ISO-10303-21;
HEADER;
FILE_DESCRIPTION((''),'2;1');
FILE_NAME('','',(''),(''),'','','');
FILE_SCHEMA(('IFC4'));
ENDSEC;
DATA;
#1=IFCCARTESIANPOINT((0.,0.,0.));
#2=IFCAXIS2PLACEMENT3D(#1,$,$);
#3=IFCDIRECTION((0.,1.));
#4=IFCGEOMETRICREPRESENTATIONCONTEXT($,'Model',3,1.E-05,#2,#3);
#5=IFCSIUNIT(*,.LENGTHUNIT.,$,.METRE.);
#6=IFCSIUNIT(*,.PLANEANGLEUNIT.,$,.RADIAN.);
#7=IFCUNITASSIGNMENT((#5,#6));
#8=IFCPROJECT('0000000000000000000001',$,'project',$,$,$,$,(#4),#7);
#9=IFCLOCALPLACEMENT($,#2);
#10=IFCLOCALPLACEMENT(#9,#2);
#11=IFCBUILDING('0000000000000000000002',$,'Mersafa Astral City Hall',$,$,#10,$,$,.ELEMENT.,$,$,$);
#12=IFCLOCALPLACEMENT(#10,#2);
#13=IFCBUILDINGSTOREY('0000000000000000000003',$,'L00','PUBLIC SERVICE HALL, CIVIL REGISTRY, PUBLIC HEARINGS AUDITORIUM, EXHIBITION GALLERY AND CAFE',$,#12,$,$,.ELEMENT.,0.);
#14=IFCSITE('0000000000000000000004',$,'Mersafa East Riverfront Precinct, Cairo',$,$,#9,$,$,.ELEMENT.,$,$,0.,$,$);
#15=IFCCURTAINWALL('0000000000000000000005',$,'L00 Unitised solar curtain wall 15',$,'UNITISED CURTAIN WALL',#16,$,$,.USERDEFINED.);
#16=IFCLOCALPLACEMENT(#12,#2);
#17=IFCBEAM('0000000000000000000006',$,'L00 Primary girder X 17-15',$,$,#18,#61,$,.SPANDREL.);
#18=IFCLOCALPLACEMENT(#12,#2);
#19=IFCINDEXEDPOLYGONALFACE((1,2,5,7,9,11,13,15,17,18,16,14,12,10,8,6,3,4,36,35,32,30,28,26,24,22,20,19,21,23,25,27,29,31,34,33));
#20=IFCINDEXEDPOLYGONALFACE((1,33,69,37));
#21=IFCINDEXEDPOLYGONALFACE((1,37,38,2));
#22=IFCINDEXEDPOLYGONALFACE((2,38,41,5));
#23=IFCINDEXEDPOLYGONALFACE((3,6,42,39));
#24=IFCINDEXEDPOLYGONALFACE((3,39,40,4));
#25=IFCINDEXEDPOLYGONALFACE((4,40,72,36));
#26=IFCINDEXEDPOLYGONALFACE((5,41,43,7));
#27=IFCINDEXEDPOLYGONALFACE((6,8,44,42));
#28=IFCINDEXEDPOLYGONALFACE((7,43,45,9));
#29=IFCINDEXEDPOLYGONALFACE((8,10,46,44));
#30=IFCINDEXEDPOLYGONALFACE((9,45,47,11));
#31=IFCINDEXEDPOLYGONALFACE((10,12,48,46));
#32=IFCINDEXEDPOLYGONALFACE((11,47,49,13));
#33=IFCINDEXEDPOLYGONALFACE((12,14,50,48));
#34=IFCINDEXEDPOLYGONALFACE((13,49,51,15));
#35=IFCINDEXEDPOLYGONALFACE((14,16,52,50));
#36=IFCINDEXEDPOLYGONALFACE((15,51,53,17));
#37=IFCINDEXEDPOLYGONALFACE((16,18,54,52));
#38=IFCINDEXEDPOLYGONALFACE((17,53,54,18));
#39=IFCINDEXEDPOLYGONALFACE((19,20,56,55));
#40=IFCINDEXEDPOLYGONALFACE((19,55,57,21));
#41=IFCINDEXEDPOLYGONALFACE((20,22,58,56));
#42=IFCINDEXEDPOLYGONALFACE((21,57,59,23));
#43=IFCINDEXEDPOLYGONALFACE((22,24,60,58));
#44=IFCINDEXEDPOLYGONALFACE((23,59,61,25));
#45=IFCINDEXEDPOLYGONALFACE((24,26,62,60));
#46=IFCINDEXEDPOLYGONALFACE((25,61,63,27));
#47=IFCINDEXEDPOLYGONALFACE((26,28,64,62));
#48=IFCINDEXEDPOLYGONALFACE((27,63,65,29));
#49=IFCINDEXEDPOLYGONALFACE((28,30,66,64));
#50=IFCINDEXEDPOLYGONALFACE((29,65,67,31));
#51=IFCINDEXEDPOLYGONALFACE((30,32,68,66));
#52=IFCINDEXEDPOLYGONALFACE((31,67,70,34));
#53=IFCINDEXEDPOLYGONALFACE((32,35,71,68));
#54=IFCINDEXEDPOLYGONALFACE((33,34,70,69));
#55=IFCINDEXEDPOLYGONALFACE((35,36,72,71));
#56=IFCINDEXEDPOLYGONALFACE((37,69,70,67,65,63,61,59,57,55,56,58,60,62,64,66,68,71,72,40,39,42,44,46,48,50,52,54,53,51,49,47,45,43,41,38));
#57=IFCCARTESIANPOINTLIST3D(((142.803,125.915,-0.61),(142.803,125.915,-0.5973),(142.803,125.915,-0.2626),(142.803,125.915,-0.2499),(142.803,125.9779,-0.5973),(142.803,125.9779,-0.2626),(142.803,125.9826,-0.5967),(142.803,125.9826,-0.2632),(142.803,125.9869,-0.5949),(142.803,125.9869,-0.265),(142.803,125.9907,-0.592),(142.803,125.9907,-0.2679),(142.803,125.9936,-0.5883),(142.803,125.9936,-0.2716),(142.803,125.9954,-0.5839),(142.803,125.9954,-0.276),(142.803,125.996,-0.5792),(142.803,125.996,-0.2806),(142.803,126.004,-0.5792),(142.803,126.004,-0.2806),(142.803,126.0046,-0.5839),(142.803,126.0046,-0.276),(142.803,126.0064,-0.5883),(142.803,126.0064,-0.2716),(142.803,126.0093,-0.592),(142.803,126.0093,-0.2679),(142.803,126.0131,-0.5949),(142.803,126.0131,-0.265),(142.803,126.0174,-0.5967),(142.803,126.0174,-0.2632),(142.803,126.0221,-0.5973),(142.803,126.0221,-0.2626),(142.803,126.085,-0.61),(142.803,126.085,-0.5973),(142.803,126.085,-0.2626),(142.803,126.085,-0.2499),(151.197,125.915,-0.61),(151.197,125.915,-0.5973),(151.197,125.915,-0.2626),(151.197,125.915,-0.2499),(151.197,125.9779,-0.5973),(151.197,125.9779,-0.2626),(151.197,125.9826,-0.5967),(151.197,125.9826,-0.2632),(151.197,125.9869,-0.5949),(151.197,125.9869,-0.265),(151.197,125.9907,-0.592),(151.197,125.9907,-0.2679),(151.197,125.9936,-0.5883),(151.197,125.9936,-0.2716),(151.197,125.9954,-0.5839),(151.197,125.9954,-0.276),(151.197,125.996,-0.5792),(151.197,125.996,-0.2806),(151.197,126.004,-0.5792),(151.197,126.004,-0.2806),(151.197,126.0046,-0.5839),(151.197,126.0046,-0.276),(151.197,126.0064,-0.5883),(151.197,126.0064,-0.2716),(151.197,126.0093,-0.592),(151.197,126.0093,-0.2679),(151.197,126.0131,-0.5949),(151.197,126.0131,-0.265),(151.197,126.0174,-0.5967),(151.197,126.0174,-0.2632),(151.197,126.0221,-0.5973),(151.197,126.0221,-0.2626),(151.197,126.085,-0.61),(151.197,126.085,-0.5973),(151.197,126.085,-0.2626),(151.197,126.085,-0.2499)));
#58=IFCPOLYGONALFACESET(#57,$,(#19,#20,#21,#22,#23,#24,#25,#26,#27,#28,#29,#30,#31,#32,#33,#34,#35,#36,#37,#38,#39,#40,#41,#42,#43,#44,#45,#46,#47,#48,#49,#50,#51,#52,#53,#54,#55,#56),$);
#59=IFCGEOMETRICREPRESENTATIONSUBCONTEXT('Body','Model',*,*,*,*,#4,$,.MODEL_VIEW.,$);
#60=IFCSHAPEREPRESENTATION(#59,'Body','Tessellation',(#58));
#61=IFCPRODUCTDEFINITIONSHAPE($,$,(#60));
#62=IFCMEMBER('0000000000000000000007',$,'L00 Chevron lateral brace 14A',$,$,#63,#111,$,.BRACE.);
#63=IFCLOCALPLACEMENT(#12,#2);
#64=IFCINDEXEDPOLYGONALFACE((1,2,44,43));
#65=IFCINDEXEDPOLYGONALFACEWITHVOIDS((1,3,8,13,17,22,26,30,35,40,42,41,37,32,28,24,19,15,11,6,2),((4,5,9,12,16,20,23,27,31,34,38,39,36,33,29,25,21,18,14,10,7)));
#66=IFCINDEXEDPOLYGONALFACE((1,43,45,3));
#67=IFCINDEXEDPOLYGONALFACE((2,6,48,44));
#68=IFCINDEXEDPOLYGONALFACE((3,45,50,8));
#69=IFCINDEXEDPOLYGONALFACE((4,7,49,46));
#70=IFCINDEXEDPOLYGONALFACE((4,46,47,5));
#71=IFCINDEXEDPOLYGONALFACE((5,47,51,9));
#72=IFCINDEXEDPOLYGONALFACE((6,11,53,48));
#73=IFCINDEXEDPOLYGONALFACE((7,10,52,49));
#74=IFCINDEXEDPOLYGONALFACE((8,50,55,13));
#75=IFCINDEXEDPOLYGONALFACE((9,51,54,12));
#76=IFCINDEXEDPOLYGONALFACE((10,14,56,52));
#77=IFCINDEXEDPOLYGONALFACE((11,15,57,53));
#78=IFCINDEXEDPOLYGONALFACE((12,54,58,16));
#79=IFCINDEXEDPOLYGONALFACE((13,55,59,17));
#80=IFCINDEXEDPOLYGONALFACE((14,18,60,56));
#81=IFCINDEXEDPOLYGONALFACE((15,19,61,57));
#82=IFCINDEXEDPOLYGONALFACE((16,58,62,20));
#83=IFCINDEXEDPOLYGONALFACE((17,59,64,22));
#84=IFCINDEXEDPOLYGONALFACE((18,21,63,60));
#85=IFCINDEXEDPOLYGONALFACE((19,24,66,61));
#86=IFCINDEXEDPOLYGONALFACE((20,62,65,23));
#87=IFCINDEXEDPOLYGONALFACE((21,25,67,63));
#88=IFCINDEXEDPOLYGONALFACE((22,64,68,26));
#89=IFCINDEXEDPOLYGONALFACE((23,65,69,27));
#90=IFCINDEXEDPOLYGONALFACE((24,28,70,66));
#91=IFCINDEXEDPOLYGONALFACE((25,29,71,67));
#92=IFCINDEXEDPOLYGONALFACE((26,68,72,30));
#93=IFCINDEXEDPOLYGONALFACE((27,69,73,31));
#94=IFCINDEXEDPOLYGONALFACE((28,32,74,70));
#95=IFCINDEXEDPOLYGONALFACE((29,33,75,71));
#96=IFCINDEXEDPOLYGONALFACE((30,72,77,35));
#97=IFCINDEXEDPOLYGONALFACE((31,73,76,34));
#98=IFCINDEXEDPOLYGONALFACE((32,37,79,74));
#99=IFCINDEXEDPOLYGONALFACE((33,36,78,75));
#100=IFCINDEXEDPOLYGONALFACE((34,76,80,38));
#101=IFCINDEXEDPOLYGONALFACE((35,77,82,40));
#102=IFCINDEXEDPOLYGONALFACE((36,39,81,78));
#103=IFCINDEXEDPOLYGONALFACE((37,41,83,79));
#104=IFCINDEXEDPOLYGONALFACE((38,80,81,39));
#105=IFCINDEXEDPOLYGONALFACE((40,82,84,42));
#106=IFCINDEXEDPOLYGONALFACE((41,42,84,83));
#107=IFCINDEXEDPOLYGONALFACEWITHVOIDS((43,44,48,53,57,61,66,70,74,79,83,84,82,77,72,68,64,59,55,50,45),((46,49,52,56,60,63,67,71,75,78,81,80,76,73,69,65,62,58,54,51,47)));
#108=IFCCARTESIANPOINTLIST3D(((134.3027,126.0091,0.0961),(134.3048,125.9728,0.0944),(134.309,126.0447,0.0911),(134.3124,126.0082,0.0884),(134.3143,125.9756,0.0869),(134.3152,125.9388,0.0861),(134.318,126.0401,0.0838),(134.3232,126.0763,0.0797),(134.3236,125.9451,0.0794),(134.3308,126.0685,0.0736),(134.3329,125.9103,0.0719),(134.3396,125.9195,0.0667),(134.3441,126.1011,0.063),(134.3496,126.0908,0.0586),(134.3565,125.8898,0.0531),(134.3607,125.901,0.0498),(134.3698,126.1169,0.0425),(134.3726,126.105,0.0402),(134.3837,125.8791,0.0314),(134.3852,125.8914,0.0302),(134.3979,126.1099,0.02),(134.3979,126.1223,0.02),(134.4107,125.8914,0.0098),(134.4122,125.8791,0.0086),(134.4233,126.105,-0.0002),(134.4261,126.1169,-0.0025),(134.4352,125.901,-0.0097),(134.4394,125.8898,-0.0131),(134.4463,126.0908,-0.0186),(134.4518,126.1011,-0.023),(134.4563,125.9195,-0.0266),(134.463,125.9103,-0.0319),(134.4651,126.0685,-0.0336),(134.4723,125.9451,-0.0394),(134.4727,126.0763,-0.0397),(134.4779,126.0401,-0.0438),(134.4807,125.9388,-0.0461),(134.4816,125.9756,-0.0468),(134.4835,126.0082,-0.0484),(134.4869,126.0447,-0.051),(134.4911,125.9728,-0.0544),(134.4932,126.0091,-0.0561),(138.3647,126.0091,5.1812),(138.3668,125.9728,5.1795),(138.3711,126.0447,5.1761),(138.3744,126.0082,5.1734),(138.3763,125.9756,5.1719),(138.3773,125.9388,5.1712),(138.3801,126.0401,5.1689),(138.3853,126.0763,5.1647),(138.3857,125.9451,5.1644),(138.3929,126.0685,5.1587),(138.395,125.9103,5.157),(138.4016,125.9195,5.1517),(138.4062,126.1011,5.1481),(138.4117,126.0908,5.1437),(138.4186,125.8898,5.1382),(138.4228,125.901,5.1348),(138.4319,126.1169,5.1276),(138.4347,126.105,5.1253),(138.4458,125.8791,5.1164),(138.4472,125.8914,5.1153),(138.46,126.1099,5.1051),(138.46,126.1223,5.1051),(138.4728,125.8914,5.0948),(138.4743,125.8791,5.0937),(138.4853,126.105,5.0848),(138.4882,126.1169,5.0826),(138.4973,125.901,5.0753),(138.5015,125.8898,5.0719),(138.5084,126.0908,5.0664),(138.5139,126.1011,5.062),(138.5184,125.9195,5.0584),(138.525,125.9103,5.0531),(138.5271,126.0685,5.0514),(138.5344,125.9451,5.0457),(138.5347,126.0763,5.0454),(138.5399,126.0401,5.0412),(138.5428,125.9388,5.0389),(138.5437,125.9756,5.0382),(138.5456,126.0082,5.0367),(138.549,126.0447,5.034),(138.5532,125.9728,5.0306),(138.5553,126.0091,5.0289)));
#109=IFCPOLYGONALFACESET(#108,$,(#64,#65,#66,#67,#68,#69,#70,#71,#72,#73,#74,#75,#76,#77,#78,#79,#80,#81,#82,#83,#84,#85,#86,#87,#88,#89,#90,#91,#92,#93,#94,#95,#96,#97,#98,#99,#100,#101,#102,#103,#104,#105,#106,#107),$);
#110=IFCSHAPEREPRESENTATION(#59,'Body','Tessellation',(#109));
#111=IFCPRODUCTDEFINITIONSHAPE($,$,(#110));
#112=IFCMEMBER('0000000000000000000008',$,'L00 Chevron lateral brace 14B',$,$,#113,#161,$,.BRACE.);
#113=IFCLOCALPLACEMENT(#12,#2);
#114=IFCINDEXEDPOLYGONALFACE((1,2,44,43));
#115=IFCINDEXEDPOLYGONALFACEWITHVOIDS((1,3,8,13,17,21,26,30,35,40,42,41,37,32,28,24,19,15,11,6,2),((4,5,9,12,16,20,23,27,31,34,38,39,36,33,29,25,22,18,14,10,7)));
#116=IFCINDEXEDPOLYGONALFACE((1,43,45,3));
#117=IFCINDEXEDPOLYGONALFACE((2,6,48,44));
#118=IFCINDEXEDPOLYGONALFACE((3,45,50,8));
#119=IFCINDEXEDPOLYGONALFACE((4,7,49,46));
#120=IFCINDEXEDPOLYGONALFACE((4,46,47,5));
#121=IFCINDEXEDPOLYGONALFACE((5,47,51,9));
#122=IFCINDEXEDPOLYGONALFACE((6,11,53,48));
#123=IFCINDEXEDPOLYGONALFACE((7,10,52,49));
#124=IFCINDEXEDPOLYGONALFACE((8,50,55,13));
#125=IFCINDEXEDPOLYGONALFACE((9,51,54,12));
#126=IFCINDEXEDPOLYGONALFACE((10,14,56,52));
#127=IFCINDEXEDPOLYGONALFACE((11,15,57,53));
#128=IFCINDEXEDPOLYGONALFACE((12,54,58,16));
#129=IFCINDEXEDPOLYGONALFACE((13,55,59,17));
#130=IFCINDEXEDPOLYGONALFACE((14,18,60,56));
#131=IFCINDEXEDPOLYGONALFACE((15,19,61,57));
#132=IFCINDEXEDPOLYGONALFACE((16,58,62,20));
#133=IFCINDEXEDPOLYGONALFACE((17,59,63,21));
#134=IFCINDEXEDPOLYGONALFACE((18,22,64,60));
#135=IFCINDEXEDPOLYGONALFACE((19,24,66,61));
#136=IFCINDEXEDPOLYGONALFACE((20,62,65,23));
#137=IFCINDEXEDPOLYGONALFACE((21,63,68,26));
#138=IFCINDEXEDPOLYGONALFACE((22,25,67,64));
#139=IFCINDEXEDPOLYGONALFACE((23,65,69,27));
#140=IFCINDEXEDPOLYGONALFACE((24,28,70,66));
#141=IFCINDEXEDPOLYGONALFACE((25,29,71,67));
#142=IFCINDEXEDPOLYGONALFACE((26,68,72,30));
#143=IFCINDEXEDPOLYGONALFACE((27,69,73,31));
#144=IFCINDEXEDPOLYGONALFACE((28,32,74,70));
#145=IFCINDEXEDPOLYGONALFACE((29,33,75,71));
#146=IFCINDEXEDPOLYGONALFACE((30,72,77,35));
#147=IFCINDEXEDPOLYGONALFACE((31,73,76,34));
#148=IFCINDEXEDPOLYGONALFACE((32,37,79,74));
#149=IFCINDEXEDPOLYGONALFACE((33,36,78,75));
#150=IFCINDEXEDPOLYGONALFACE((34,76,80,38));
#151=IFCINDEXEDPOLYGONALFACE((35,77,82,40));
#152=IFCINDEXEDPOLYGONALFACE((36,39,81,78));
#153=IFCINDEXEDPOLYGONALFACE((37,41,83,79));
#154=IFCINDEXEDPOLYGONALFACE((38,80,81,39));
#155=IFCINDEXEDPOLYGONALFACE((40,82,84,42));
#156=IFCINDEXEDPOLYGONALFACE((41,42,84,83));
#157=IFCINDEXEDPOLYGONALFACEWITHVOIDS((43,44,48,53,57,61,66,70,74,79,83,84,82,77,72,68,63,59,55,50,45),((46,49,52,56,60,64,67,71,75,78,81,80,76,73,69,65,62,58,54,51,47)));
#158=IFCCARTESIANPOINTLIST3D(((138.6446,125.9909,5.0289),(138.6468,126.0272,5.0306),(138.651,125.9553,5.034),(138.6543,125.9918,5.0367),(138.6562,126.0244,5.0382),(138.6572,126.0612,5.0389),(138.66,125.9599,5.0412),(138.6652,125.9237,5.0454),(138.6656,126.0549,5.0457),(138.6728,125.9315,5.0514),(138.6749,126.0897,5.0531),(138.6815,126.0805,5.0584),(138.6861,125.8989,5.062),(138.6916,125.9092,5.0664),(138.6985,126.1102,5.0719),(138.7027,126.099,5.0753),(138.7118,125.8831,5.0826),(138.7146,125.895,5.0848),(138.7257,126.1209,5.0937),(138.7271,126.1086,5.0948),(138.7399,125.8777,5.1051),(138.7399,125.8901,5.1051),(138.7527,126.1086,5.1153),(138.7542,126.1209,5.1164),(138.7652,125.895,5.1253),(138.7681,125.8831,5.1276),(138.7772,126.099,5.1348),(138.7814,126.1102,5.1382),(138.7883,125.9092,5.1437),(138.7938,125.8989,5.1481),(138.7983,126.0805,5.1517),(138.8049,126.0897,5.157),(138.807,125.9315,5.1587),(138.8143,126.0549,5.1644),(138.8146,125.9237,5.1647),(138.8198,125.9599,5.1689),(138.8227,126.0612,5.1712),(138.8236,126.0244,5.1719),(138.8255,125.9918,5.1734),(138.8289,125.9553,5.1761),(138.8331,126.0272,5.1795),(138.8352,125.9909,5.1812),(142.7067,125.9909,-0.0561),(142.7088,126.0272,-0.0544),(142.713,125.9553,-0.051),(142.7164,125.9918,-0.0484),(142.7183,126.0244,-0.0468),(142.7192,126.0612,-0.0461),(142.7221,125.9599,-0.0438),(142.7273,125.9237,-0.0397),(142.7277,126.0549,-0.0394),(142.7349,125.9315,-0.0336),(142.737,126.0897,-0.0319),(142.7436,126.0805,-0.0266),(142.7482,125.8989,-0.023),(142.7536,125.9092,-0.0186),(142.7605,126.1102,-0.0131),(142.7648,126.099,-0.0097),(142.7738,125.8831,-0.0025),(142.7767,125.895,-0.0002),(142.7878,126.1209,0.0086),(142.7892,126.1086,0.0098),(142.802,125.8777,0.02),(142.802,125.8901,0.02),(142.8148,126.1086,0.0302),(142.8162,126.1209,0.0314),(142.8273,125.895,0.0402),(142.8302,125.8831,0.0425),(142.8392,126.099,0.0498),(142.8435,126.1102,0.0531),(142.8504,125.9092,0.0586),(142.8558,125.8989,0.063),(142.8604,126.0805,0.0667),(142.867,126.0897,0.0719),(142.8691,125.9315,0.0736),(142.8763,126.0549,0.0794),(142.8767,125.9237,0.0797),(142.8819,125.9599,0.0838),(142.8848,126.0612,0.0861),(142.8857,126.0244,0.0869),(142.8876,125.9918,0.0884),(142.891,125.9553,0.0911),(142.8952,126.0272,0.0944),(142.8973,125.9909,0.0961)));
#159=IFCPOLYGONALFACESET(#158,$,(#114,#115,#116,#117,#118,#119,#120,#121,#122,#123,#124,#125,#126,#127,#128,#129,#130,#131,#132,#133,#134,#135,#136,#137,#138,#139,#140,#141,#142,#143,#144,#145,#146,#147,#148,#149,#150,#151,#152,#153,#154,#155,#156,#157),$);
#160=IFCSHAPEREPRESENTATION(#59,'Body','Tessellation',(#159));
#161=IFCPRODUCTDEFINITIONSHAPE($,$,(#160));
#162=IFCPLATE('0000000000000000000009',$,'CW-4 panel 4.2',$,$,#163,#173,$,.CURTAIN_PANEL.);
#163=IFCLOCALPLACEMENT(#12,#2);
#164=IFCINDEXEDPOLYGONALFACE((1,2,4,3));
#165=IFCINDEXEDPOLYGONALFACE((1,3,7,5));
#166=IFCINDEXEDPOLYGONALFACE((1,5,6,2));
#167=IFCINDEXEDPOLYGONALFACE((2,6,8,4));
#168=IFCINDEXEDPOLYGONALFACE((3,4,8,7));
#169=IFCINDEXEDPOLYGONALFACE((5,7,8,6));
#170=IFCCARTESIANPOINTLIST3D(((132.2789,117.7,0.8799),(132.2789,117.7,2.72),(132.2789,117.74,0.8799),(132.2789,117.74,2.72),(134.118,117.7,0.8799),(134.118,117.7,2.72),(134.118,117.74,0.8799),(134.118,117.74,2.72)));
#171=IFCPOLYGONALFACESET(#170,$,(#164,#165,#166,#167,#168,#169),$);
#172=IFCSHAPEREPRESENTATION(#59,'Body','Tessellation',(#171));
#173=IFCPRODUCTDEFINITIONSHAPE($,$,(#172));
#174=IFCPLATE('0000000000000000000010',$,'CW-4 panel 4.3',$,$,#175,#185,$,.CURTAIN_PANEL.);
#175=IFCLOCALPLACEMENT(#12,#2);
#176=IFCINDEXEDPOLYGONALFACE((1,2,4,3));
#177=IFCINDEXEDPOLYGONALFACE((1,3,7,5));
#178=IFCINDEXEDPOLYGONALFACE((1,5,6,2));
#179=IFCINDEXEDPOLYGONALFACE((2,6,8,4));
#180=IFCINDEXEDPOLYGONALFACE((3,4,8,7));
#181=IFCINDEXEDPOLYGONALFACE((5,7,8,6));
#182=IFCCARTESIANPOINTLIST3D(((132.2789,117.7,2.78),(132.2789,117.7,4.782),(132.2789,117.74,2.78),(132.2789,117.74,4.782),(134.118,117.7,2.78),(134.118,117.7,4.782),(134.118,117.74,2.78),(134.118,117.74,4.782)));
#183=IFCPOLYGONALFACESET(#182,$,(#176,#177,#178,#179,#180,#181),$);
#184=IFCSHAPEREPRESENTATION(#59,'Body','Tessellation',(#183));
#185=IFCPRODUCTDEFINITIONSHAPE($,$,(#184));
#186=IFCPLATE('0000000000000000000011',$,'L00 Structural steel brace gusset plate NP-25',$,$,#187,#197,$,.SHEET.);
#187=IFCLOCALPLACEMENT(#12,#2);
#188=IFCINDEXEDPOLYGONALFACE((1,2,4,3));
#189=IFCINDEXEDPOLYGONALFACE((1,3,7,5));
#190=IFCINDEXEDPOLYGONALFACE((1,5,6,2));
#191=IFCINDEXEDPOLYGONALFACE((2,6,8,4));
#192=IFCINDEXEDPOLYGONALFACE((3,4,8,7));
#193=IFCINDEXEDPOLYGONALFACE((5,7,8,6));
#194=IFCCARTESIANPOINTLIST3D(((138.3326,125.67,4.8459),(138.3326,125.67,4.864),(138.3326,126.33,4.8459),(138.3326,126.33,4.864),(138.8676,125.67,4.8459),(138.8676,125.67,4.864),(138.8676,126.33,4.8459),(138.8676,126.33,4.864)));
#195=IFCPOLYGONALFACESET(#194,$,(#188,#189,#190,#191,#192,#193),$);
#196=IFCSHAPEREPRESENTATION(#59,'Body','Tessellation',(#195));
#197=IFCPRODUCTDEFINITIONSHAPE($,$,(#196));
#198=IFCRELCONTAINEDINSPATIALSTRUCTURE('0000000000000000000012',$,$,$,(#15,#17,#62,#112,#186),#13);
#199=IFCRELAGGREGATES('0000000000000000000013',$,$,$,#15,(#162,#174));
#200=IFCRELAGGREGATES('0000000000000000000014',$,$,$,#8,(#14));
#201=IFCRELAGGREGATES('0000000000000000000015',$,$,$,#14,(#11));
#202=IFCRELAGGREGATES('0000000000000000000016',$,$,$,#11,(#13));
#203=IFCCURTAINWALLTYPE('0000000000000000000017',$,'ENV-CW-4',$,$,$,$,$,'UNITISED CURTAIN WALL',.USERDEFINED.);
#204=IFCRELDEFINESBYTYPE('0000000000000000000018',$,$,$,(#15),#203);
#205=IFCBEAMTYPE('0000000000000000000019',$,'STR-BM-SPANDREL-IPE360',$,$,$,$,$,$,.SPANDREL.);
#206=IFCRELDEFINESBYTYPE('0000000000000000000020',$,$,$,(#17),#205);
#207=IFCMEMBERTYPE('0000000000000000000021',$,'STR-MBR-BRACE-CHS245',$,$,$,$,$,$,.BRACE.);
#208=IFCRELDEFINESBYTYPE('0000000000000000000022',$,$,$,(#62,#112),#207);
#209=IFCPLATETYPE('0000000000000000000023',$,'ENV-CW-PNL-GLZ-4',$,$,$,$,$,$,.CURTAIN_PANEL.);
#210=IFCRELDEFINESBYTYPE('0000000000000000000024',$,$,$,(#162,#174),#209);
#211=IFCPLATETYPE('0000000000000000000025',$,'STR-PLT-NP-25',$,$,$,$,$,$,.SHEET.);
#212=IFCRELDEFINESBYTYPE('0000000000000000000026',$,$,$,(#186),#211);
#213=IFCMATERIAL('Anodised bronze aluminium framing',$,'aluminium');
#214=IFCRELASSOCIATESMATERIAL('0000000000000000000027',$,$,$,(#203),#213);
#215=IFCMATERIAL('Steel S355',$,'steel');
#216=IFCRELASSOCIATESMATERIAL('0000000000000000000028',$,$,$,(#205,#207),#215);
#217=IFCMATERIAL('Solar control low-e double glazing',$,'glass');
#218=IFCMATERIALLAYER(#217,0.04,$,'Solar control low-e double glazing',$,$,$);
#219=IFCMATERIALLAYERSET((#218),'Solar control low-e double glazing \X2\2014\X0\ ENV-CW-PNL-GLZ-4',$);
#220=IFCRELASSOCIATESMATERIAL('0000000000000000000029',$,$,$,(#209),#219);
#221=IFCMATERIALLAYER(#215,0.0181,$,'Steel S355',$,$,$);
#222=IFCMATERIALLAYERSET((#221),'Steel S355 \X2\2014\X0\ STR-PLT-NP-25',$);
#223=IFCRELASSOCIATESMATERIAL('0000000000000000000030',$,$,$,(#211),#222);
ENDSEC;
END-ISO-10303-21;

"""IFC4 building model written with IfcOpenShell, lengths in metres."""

from ifc_helpers import new_model, si_unit, direction, frame, origin, origin_2d, place, context, subcontext, project, spatial, rectangle, hollow_circle, i_section, extrude, material, layer, layer_set, material_profile, profile_set, type_object, element, aggregate, save


model = new_model("IFC4")

# Units and contexts
model_context = context("Model", 3, precision=1e-05, world=origin(), true_north=direction((0.0, 1.0)))
body_context = subcontext(model_context, "Body", "Model", "MODEL_VIEW")
ifc_project = project(units=[si_unit("LENGTHUNIT", "METRE"), si_unit("PLANEANGLEUNIT", "RADIAN")], contexts=[model_context])

# Site, building, storey
site_placement = place(None, origin())
site = spatial("IfcSite", under=ifc_project, at=site_placement, Name="Mersafa East Riverfront Precinct, Cairo", CompositionType="ELEMENT", RefElevation=0.0)
building_placement = place(site_placement, origin())
building = spatial("IfcBuilding", under=site, at=building_placement, Name="Mersafa Astral City Hall", CompositionType="ELEMENT")
storey_placement = place(building_placement, origin())
storey = spatial("IfcBuildingStorey", under=building, at=storey_placement, Name="L00", Description="PUBLIC SERVICE HALL, CIVIL REGISTRY, PUBLIC HEARINGS AUDITORIUM, EXHIBITION GALLERY AND CAFE", CompositionType="ELEMENT", Elevation=0.0)

# Shared definitions
ifc_material_1 = material(Name="Steel S355", Category="steel")

# Curtain wall
ifc_material_2 = material(Name="Anodised bronze aluminium framing", Category="aluminium")
curtain_wall_type = type_object("IfcCurtainWallType", Name="ENV-CW-4", ElementType="UNITISED CURTAIN WALL", PredefinedType="USERDEFINED", material=ifc_material_2)
curtain_wall_placement = place(storey_placement, origin())
curtain_wall = element("IfcCurtainWall", 1, at=curtain_wall_placement, inside=storey, type_object=curtain_wall_type, Name="L00 Unitised solar curtain wall 15", ObjectType="UNITISED CURTAIN WALL", PredefinedType="USERDEFINED")

# Beam
ifc_material_profile_1 = material_profile(ifc_material_1, i_section(OverallWidth=0.1699, OverallDepth=0.3601, WebThickness=0.0081, FlangeThickness=0.0127, FilletRadius=0.0181, at=origin_2d()), Name="IPE 360")
ifc_profile_set_1 = profile_set([ifc_material_profile_1], Name="Steel S355")
beam_type_1 = type_object("IfcBeamType", Name="STR-BM-SPANDREL-IPE360", PredefinedType="SPANDREL", material=ifc_profile_set_1)
for number, where, z_axis, x_axis, name in (
    (2, (142.803, 126.0, -0.4299), (1.0, 0.0, 0.0), (0.0, 1.0, 0.0), "L00 Primary girder X 17-15"),
):
    element("IfcBeam", number, at=place(storey_placement, frame(where, z_axis=z_axis, x_axis=x_axis)), inside=storey, type_object=beam_type_1, Name=name, PredefinedType="SPANDREL", context=body_context, shape_type="SweptSolid", body=[
        extrude(i_section(OverallWidth=0.1699, OverallDepth=0.3601, WebThickness=0.0081, FlangeThickness=0.0127, FilletRadius=0.0181, at=origin_2d()), origin(), (0.0, 0.0, 1.0), 8.394),
    ])

# Members
ifc_material_profile_2 = material_profile(ifc_material_1, hollow_circle(Radius=0.1223, WallThickness=0.0125, at=origin_2d()), Name="CHS 244.5x12.5")
ifc_profile_set_2 = profile_set([ifc_material_profile_2], Name="Steel S355")
member_type_1 = type_object("IfcMemberType", Name="STR-MBR-BRACE-CHS245", PredefinedType="BRACE", material=ifc_profile_set_2)
for number, where, z_axis, x_axis, name in (
    (3, (134.3979, 126.0, 0.02), (0.624137, 0.0, 0.781315), (0.0, 1.0, 0.0), "L00 Chevron lateral brace 14A"),
    (4, (142.802, 126.0, 0.02), (-0.624137, 0.0, 0.781315), (0.0, -1.0, 0.0), "L00 Chevron lateral brace 14B"),
):
    element("IfcMember", number, at=place(storey_placement, frame(where, z_axis=z_axis, x_axis=x_axis)), inside=storey, type_object=member_type_1, Name=name, PredefinedType="BRACE", context=body_context, shape_type="SweptSolid", body=[
        extrude(hollow_circle(Radius=0.1223, WallThickness=0.0125, at=origin_2d()), origin(), (0.0, 0.0, 1.0), 6.5083),
    ])

# Plates
ifc_material_3 = material(Name="Solar control low-e double glazing", Category="glass")
ifc_layer_1 = layer(ifc_material_3, 0.04, Name="Solar control low-e double glazing")
ifc_layer_set_1 = layer_set([ifc_layer_1], Name="Solar control low-e double glazing — ENV-CW-PNL-GLZ-4")
plate_type_1 = type_object("IfcPlateType", Name="ENV-CW-PNL-GLZ-4", PredefinedType="CURTAIN_PANEL", material=ifc_layer_set_1)
plate_1_placement = place(storey_placement, frame((133.1985, 117.72, 0.8799), z_axis=(0.0, 0.0, 1.0), x_axis=(1.0, 0.0, 0.0)))
plate_1 = element("IfcPlate", 5, at=plate_1_placement, type_object=plate_type_1, Name="CW-4 panel 4.2", PredefinedType="CURTAIN_PANEL", context=body_context, shape_type="SweptSolid", body=[
    extrude(rectangle(XDim=1.8391, YDim=0.04, at=origin_2d()), origin(), (0.0, 0.0, 1.0), 1.8401),
])
plate_2_placement = place(storey_placement, frame((133.1985, 117.72, 2.78), z_axis=(0.0, 0.0, 1.0), x_axis=(1.0, 0.0, 0.0)))
plate_2 = element("IfcPlate", 6, at=plate_2_placement, type_object=plate_type_1, Name="CW-4 panel 4.3", PredefinedType="CURTAIN_PANEL", context=body_context, shape_type="SweptSolid", body=[
    extrude(rectangle(XDim=1.8391, YDim=0.04, at=origin_2d()), origin(), (0.0, 0.0, 1.0), 2.002),
])
aggregate(curtain_wall, [plate_1, plate_2])

# Plate
ifc_layer_2 = layer(ifc_material_1, 0.0181, Name="Steel S355")
ifc_layer_set_2 = layer_set([ifc_layer_2], Name="Steel S355 — STR-PLT-NP-25")
plate_type_2 = type_object("IfcPlateType", Name="STR-PLT-NP-25", PredefinedType="SHEET", material=ifc_layer_set_2)
plate_3_placement = place(storey_placement, frame((138.6001, 126.0, 4.8459), z_axis=(0.0, 0.0, 1.0), x_axis=(1.0, 0.0, 0.0)))
element("IfcPlate", 7, at=plate_3_placement, inside=storey, type_object=plate_type_2, Name="L00 Structural steel brace gusset plate NP-25", PredefinedType="SHEET", context=body_context, shape_type="SweptSolid", body=[
    extrude(rectangle(XDim=0.5349, YDim=0.6599, at=origin_2d()), origin(), (0.0, 0.0, 1.0), 0.0181),
])

save(model, "model.ifc")
